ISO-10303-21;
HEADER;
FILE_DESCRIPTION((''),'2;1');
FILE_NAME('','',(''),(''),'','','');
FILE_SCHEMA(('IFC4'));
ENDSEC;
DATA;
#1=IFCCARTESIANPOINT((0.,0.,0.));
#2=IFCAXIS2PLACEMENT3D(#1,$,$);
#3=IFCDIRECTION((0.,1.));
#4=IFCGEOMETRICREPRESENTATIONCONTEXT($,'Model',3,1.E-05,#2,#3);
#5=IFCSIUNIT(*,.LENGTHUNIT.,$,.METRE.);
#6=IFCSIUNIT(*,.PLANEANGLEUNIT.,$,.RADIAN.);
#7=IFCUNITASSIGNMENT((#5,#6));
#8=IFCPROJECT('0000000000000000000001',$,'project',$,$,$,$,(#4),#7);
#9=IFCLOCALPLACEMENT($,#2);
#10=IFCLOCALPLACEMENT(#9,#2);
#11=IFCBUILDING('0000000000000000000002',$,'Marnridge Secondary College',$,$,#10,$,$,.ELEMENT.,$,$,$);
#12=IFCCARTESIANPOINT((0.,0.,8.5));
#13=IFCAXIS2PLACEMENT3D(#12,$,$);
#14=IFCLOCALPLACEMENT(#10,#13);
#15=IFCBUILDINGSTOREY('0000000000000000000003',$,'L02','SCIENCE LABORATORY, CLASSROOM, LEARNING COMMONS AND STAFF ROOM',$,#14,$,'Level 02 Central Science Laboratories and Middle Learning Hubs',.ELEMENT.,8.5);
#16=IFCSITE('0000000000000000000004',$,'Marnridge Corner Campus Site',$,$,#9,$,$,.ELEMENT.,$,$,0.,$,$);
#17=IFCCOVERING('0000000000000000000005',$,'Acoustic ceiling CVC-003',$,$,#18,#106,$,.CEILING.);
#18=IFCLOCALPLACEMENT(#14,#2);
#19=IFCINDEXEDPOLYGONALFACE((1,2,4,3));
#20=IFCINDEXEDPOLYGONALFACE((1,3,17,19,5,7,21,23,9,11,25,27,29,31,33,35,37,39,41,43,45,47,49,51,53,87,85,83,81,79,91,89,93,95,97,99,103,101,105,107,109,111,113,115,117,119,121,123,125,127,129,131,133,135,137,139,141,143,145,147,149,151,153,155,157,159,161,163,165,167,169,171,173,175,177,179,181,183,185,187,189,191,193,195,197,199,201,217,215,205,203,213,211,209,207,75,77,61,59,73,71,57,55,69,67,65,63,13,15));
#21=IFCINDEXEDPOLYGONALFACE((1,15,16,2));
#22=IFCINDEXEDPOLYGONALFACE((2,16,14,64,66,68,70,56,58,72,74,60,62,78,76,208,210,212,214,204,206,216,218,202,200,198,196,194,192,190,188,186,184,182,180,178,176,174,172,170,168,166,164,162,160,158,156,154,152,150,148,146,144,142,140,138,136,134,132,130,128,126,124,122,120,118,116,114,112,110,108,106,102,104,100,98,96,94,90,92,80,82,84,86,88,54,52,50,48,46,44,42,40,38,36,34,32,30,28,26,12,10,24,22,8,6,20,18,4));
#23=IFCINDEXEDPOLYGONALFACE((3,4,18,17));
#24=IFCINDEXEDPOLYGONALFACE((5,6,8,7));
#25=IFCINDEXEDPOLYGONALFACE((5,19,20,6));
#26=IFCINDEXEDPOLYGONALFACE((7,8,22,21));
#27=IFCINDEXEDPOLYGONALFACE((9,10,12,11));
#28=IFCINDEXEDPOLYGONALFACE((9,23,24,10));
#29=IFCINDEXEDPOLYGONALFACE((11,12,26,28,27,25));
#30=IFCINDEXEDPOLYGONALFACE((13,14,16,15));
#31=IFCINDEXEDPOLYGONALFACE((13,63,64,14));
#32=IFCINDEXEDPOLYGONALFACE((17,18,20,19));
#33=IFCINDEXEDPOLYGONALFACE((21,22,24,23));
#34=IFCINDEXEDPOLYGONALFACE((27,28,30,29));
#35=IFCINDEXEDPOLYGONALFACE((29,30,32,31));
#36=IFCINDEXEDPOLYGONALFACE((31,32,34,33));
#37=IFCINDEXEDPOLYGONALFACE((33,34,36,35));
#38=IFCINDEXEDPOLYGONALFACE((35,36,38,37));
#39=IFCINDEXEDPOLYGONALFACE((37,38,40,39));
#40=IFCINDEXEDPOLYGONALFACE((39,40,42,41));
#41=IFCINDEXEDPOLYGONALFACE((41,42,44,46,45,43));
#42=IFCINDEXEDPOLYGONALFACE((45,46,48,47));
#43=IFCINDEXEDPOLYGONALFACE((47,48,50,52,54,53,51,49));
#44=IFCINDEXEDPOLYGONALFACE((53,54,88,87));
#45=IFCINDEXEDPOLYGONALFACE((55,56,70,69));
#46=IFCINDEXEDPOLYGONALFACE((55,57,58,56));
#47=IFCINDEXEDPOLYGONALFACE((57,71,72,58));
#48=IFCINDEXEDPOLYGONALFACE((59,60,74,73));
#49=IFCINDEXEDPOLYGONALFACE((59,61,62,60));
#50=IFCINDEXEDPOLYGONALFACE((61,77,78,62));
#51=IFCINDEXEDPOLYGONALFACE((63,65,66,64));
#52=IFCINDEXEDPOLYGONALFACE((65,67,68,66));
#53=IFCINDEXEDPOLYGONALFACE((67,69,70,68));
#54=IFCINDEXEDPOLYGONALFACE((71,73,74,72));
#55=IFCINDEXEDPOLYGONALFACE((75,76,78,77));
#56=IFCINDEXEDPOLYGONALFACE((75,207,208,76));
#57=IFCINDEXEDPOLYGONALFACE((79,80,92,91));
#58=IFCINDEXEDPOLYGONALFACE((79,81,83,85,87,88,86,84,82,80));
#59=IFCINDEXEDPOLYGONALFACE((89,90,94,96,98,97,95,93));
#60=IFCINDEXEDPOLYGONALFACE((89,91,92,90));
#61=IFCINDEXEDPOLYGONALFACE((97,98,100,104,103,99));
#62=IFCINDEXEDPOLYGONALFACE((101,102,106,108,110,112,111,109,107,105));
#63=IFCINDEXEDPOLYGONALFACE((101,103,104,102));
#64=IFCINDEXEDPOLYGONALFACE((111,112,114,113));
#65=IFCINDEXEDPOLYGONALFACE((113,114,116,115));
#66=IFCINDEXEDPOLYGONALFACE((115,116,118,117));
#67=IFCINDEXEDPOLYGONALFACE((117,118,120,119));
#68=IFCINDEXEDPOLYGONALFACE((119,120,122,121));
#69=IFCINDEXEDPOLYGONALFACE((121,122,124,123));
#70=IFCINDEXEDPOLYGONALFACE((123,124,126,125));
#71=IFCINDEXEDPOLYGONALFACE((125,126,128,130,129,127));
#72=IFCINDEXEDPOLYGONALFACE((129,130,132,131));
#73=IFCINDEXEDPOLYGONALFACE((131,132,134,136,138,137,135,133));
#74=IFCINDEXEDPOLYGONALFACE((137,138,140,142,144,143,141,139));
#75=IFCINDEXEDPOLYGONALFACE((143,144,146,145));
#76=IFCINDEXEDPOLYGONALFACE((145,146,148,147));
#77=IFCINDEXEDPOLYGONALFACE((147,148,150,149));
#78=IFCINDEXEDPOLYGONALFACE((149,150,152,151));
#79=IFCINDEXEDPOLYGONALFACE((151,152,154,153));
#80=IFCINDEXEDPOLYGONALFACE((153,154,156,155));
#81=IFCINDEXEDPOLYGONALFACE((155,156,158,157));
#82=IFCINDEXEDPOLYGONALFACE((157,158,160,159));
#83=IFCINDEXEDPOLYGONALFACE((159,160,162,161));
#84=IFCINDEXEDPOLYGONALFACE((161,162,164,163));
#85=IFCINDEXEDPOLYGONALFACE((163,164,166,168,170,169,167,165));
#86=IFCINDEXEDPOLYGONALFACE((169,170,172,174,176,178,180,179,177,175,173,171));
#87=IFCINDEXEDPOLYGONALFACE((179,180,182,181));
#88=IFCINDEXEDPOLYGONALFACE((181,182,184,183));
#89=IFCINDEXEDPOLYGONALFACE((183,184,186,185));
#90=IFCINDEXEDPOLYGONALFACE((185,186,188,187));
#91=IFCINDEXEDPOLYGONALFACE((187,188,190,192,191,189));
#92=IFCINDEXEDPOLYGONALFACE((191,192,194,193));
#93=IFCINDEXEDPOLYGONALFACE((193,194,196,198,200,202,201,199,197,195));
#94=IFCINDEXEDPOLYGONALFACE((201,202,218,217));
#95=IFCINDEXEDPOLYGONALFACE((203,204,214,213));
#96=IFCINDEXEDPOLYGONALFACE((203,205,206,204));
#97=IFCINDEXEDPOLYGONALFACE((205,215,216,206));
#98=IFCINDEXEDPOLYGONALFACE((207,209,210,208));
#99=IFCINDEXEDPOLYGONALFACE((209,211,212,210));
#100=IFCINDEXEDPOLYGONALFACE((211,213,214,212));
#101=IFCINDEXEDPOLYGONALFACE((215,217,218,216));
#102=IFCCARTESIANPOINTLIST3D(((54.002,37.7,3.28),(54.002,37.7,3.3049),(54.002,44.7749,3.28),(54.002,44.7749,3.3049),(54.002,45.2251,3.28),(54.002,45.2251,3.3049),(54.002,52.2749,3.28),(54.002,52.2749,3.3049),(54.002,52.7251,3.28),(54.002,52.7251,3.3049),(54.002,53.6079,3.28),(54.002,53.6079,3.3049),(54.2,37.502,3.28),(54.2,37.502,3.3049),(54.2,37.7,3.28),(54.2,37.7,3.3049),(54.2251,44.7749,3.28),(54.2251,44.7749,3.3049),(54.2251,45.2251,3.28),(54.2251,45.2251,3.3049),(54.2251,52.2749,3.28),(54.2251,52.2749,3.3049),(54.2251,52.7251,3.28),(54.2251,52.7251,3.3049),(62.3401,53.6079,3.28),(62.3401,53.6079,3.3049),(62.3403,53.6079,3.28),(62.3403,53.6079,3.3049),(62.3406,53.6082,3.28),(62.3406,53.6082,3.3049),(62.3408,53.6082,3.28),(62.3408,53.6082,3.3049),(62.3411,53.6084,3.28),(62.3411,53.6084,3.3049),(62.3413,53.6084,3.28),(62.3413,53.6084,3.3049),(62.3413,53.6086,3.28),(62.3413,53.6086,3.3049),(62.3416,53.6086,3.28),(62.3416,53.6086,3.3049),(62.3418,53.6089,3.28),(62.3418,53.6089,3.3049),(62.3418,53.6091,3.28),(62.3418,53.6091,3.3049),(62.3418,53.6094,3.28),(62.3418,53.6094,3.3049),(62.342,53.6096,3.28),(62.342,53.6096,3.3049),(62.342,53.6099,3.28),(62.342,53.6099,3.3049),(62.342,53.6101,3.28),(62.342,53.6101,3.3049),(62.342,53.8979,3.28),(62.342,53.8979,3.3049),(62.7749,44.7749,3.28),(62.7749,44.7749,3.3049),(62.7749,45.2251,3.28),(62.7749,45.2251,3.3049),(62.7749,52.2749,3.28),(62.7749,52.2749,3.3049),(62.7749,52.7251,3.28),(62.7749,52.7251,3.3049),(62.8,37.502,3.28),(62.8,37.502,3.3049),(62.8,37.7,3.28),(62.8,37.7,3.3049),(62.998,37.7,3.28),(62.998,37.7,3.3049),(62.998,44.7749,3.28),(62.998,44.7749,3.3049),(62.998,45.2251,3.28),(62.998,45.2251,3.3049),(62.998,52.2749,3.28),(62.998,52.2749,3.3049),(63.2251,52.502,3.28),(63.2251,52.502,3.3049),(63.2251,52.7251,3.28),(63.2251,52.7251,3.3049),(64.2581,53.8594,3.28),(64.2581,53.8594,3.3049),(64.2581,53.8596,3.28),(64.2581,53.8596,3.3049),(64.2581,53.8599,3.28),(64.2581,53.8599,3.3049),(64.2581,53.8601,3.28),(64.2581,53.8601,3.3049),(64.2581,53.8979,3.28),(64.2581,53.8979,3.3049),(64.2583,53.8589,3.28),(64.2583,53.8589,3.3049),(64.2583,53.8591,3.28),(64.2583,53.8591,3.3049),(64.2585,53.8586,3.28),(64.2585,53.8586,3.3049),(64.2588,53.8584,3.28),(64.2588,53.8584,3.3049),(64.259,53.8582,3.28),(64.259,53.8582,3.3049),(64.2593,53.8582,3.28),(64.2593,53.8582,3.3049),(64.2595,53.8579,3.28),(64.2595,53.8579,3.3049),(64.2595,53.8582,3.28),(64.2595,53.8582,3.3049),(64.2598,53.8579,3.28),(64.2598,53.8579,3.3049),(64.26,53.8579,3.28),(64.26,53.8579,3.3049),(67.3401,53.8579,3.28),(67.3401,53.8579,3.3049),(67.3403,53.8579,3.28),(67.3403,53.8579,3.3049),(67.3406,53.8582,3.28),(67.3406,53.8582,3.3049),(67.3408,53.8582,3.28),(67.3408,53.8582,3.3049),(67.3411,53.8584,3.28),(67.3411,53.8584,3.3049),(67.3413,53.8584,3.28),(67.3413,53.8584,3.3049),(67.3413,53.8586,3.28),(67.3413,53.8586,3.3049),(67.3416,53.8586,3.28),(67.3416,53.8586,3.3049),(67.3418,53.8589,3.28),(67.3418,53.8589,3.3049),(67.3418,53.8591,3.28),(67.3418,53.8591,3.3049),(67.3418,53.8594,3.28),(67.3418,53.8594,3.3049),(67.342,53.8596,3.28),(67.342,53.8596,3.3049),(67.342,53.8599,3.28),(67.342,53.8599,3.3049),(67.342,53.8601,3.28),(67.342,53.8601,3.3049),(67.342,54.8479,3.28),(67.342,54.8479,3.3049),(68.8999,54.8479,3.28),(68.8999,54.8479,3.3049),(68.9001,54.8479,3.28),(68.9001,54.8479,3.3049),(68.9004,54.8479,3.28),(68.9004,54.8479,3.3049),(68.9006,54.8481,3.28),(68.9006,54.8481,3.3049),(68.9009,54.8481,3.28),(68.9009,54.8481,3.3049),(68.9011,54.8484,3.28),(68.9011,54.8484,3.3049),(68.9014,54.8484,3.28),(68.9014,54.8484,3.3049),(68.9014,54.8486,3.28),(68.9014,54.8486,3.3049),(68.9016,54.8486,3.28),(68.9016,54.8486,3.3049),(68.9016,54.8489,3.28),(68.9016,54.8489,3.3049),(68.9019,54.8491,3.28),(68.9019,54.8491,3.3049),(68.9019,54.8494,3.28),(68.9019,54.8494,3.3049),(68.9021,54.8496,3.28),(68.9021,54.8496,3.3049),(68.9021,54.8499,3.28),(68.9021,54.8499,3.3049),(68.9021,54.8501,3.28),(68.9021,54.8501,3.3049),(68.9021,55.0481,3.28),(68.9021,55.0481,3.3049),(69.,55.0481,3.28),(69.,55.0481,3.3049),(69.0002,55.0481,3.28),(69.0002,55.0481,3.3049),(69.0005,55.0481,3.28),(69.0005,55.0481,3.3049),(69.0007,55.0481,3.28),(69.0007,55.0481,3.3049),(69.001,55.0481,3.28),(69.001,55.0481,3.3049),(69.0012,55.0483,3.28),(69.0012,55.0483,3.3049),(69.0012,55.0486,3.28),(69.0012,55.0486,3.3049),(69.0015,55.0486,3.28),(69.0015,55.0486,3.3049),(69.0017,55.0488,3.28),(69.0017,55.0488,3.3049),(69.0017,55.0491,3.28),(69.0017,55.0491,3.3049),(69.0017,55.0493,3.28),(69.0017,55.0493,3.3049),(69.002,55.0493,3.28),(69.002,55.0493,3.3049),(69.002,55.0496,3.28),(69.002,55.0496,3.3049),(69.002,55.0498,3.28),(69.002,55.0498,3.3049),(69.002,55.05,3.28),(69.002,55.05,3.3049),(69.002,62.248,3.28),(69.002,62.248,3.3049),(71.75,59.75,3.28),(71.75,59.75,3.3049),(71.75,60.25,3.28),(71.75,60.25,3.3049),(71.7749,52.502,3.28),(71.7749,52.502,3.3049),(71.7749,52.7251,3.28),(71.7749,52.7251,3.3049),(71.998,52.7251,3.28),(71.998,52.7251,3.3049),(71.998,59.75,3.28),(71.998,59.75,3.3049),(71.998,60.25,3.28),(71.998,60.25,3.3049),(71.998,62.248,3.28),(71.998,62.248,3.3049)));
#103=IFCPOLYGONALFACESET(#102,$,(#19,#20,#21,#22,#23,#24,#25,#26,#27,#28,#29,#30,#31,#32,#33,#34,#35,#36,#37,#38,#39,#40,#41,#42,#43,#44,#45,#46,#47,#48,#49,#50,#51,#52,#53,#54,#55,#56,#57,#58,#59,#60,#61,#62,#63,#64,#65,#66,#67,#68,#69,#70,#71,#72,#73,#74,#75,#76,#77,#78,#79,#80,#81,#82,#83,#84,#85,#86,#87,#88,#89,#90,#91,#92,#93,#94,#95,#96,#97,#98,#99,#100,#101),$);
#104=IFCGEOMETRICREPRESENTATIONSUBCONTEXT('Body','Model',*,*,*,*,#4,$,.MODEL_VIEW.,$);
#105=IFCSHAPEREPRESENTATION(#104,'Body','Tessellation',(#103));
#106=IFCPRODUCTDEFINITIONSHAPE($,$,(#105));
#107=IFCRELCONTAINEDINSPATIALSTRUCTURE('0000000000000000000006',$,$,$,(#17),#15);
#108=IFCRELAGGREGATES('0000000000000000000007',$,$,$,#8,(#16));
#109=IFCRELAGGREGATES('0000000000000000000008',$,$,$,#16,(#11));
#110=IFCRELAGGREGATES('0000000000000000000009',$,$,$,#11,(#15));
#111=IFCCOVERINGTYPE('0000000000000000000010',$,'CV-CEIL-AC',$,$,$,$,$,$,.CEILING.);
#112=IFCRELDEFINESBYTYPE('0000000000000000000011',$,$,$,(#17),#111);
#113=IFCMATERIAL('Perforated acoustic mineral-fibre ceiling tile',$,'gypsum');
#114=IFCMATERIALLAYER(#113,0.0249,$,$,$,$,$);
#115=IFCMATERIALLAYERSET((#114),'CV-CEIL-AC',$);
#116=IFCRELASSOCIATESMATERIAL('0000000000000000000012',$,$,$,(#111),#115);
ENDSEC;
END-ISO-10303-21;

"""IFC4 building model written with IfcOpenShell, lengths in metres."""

from ifc_helpers import new_model, si_unit, direction, frame, origin, place, context, subcontext, project, spatial, polyline, outline, extrude, material, layer, layer_set, type_object, element, save


model = new_model("IFC4")

# Units and contexts
model_context = context("Model", 3, precision=1e-05, world=origin(), true_north=direction((0.0, 1.0)))
body_context = subcontext(model_context, "Body", "Model", "MODEL_VIEW")
ifc_project = project(units=[si_unit("LENGTHUNIT", "METRE"), si_unit("PLANEANGLEUNIT", "RADIAN")], contexts=[model_context])

# Site, building, storey
site_placement = place(None, origin())
site = spatial("IfcSite", under=ifc_project, at=site_placement, Name="Marnridge Corner Campus Site", CompositionType="ELEMENT", RefElevation=0.0)
building_placement = place(site_placement, origin())
building = spatial("IfcBuilding", under=site, at=building_placement, Name="Marnridge Secondary College", CompositionType="ELEMENT")
storey_placement = place(building_placement, frame((0.0, 0.0, 8.5)))
storey = spatial("IfcBuildingStorey", under=building, at=storey_placement, Name="L02", Description="SCIENCE LABORATORY, CLASSROOM, LEARNING COMMONS AND STAFF ROOM", LongName="Level 02 Central Science Laboratories and Middle Learning Hubs", CompositionType="ELEMENT", Elevation=8.5)

# Covering
ifc_material_1 = material(Name="Perforated acoustic mineral-fibre ceiling tile", Category="gypsum")
ifc_layer_1 = layer(ifc_material_1, 0.0249)
ifc_layer_set_1 = layer_set([ifc_layer_1], Name="CV-CEIL-AC")
covering_type = type_object("IfcCoveringType", Name="CV-CEIL-AC", PredefinedType="CEILING", material=ifc_layer_set_1)
covering_placement = place(storey_placement, frame((0.0, 0.0, 3.28)))
element("IfcCovering", 1, at=covering_placement, inside=storey, type_object=covering_type, Name="Acoustic ceiling CVC-003", PredefinedType="CEILING", context=body_context, shape_type="SweptSolid", body=[
    extrude(outline(polyline([(64.2585, 53.8586), (64.2585, 53.8586), (64.2588, 53.8584), (64.2588, 53.8584), (64.259, 53.8582), (64.2593, 53.8582), (64.2595, 53.8582), (64.2595, 53.8579), (64.2598, 53.8579), (64.26, 53.8579), (67.3401, 53.8579), (67.3401, 53.8579), (67.3403, 53.8579), (67.3406, 53.8582), (67.3408, 53.8582), (67.3408, 53.8582), (67.3411, 53.8584), (67.3413, 53.8584), (67.3413, 53.8586), (67.3416, 53.8586), (67.3418, 53.8589), (67.3418, 53.8591), (67.3418, 53.8591), (67.3418, 53.8594), (67.342, 53.8596), (67.342, 53.8599), (67.342, 53.8601), (67.342, 54.8479), (68.8999, 54.8479), (68.9001, 54.8479), (68.9004, 54.8479), (68.9006, 54.8481), (68.9009, 54.8481), (68.9009, 54.8481), (68.9011, 54.8484), (68.9014, 54.8484), (68.9014, 54.8486), (68.9016, 54.8486), (68.9016, 54.8489), (68.9019, 54.8491), (68.9019, 54.8491), (68.9019, 54.8494), (68.9021, 54.8496), (68.9021, 54.8499), (68.9021, 54.8501), (68.9021, 55.0481), (69.0, 55.0481), (69.0002, 55.0481), (69.0005, 55.0481), (69.0005, 55.0481), (69.0007, 55.0481), (69.001, 55.0481), (69.0012, 55.0483), (69.0012, 55.0486), (69.0015, 55.0486), (69.0015, 55.0486), (69.0017, 55.0488), (69.0017, 55.0491), (69.0017, 55.0493), (69.002, 55.0493), (69.002, 55.0496), (69.002, 55.0498), (69.002, 55.05), (69.002, 62.248), (71.998, 62.248), (71.998, 60.25), (71.75, 60.25), (71.75, 59.75), (71.998, 59.75), (71.998, 52.7251), (71.7749, 52.7251), (71.7749, 52.502), (63.2251, 52.502), (63.2251, 52.7251), (62.7749, 52.7251), (62.7749, 52.2749), (62.998, 52.2749), (62.998, 45.2251), (62.7749, 45.2251), (62.7749, 44.7749), (62.998, 44.7749), (62.998, 37.7), (62.8, 37.7), (62.8, 37.502), (54.2, 37.502), (54.2, 37.7), (54.002, 37.7), (54.002, 44.7749), (54.2251, 44.7749), (54.2251, 45.2251), (54.002, 45.2251), (54.002, 52.2749), (54.2251, 52.2749), (54.2251, 52.7251), (54.002, 52.7251), (54.002, 53.6079), (62.3401, 53.6079), (62.3401, 53.6079), (62.3403, 53.6079), (62.3406, 53.6082), (62.3408, 53.6082), (62.3408, 53.6082), (62.3411, 53.6084), (62.3413, 53.6084), (62.3413, 53.6086), (62.3416, 53.6086), (62.3418, 53.6089), (62.3418, 53.6091), (62.3418, 53.6091), (62.3418, 53.6094), (62.342, 53.6096), (62.342, 53.6099), (62.342, 53.6101), (62.342, 53.8979), (64.2581, 53.8979), (64.2581, 53.8601), (64.2581, 53.8599), (64.2581, 53.8596), (64.2581, 53.8594), (64.2583, 53.8591), (64.2583, 53.8591), (64.2583, 53.8589), (64.2585, 53.8586)])), origin(), (0.0, 0.0, 1.0), 0.0249),
])

save(model, "model.ifc")
